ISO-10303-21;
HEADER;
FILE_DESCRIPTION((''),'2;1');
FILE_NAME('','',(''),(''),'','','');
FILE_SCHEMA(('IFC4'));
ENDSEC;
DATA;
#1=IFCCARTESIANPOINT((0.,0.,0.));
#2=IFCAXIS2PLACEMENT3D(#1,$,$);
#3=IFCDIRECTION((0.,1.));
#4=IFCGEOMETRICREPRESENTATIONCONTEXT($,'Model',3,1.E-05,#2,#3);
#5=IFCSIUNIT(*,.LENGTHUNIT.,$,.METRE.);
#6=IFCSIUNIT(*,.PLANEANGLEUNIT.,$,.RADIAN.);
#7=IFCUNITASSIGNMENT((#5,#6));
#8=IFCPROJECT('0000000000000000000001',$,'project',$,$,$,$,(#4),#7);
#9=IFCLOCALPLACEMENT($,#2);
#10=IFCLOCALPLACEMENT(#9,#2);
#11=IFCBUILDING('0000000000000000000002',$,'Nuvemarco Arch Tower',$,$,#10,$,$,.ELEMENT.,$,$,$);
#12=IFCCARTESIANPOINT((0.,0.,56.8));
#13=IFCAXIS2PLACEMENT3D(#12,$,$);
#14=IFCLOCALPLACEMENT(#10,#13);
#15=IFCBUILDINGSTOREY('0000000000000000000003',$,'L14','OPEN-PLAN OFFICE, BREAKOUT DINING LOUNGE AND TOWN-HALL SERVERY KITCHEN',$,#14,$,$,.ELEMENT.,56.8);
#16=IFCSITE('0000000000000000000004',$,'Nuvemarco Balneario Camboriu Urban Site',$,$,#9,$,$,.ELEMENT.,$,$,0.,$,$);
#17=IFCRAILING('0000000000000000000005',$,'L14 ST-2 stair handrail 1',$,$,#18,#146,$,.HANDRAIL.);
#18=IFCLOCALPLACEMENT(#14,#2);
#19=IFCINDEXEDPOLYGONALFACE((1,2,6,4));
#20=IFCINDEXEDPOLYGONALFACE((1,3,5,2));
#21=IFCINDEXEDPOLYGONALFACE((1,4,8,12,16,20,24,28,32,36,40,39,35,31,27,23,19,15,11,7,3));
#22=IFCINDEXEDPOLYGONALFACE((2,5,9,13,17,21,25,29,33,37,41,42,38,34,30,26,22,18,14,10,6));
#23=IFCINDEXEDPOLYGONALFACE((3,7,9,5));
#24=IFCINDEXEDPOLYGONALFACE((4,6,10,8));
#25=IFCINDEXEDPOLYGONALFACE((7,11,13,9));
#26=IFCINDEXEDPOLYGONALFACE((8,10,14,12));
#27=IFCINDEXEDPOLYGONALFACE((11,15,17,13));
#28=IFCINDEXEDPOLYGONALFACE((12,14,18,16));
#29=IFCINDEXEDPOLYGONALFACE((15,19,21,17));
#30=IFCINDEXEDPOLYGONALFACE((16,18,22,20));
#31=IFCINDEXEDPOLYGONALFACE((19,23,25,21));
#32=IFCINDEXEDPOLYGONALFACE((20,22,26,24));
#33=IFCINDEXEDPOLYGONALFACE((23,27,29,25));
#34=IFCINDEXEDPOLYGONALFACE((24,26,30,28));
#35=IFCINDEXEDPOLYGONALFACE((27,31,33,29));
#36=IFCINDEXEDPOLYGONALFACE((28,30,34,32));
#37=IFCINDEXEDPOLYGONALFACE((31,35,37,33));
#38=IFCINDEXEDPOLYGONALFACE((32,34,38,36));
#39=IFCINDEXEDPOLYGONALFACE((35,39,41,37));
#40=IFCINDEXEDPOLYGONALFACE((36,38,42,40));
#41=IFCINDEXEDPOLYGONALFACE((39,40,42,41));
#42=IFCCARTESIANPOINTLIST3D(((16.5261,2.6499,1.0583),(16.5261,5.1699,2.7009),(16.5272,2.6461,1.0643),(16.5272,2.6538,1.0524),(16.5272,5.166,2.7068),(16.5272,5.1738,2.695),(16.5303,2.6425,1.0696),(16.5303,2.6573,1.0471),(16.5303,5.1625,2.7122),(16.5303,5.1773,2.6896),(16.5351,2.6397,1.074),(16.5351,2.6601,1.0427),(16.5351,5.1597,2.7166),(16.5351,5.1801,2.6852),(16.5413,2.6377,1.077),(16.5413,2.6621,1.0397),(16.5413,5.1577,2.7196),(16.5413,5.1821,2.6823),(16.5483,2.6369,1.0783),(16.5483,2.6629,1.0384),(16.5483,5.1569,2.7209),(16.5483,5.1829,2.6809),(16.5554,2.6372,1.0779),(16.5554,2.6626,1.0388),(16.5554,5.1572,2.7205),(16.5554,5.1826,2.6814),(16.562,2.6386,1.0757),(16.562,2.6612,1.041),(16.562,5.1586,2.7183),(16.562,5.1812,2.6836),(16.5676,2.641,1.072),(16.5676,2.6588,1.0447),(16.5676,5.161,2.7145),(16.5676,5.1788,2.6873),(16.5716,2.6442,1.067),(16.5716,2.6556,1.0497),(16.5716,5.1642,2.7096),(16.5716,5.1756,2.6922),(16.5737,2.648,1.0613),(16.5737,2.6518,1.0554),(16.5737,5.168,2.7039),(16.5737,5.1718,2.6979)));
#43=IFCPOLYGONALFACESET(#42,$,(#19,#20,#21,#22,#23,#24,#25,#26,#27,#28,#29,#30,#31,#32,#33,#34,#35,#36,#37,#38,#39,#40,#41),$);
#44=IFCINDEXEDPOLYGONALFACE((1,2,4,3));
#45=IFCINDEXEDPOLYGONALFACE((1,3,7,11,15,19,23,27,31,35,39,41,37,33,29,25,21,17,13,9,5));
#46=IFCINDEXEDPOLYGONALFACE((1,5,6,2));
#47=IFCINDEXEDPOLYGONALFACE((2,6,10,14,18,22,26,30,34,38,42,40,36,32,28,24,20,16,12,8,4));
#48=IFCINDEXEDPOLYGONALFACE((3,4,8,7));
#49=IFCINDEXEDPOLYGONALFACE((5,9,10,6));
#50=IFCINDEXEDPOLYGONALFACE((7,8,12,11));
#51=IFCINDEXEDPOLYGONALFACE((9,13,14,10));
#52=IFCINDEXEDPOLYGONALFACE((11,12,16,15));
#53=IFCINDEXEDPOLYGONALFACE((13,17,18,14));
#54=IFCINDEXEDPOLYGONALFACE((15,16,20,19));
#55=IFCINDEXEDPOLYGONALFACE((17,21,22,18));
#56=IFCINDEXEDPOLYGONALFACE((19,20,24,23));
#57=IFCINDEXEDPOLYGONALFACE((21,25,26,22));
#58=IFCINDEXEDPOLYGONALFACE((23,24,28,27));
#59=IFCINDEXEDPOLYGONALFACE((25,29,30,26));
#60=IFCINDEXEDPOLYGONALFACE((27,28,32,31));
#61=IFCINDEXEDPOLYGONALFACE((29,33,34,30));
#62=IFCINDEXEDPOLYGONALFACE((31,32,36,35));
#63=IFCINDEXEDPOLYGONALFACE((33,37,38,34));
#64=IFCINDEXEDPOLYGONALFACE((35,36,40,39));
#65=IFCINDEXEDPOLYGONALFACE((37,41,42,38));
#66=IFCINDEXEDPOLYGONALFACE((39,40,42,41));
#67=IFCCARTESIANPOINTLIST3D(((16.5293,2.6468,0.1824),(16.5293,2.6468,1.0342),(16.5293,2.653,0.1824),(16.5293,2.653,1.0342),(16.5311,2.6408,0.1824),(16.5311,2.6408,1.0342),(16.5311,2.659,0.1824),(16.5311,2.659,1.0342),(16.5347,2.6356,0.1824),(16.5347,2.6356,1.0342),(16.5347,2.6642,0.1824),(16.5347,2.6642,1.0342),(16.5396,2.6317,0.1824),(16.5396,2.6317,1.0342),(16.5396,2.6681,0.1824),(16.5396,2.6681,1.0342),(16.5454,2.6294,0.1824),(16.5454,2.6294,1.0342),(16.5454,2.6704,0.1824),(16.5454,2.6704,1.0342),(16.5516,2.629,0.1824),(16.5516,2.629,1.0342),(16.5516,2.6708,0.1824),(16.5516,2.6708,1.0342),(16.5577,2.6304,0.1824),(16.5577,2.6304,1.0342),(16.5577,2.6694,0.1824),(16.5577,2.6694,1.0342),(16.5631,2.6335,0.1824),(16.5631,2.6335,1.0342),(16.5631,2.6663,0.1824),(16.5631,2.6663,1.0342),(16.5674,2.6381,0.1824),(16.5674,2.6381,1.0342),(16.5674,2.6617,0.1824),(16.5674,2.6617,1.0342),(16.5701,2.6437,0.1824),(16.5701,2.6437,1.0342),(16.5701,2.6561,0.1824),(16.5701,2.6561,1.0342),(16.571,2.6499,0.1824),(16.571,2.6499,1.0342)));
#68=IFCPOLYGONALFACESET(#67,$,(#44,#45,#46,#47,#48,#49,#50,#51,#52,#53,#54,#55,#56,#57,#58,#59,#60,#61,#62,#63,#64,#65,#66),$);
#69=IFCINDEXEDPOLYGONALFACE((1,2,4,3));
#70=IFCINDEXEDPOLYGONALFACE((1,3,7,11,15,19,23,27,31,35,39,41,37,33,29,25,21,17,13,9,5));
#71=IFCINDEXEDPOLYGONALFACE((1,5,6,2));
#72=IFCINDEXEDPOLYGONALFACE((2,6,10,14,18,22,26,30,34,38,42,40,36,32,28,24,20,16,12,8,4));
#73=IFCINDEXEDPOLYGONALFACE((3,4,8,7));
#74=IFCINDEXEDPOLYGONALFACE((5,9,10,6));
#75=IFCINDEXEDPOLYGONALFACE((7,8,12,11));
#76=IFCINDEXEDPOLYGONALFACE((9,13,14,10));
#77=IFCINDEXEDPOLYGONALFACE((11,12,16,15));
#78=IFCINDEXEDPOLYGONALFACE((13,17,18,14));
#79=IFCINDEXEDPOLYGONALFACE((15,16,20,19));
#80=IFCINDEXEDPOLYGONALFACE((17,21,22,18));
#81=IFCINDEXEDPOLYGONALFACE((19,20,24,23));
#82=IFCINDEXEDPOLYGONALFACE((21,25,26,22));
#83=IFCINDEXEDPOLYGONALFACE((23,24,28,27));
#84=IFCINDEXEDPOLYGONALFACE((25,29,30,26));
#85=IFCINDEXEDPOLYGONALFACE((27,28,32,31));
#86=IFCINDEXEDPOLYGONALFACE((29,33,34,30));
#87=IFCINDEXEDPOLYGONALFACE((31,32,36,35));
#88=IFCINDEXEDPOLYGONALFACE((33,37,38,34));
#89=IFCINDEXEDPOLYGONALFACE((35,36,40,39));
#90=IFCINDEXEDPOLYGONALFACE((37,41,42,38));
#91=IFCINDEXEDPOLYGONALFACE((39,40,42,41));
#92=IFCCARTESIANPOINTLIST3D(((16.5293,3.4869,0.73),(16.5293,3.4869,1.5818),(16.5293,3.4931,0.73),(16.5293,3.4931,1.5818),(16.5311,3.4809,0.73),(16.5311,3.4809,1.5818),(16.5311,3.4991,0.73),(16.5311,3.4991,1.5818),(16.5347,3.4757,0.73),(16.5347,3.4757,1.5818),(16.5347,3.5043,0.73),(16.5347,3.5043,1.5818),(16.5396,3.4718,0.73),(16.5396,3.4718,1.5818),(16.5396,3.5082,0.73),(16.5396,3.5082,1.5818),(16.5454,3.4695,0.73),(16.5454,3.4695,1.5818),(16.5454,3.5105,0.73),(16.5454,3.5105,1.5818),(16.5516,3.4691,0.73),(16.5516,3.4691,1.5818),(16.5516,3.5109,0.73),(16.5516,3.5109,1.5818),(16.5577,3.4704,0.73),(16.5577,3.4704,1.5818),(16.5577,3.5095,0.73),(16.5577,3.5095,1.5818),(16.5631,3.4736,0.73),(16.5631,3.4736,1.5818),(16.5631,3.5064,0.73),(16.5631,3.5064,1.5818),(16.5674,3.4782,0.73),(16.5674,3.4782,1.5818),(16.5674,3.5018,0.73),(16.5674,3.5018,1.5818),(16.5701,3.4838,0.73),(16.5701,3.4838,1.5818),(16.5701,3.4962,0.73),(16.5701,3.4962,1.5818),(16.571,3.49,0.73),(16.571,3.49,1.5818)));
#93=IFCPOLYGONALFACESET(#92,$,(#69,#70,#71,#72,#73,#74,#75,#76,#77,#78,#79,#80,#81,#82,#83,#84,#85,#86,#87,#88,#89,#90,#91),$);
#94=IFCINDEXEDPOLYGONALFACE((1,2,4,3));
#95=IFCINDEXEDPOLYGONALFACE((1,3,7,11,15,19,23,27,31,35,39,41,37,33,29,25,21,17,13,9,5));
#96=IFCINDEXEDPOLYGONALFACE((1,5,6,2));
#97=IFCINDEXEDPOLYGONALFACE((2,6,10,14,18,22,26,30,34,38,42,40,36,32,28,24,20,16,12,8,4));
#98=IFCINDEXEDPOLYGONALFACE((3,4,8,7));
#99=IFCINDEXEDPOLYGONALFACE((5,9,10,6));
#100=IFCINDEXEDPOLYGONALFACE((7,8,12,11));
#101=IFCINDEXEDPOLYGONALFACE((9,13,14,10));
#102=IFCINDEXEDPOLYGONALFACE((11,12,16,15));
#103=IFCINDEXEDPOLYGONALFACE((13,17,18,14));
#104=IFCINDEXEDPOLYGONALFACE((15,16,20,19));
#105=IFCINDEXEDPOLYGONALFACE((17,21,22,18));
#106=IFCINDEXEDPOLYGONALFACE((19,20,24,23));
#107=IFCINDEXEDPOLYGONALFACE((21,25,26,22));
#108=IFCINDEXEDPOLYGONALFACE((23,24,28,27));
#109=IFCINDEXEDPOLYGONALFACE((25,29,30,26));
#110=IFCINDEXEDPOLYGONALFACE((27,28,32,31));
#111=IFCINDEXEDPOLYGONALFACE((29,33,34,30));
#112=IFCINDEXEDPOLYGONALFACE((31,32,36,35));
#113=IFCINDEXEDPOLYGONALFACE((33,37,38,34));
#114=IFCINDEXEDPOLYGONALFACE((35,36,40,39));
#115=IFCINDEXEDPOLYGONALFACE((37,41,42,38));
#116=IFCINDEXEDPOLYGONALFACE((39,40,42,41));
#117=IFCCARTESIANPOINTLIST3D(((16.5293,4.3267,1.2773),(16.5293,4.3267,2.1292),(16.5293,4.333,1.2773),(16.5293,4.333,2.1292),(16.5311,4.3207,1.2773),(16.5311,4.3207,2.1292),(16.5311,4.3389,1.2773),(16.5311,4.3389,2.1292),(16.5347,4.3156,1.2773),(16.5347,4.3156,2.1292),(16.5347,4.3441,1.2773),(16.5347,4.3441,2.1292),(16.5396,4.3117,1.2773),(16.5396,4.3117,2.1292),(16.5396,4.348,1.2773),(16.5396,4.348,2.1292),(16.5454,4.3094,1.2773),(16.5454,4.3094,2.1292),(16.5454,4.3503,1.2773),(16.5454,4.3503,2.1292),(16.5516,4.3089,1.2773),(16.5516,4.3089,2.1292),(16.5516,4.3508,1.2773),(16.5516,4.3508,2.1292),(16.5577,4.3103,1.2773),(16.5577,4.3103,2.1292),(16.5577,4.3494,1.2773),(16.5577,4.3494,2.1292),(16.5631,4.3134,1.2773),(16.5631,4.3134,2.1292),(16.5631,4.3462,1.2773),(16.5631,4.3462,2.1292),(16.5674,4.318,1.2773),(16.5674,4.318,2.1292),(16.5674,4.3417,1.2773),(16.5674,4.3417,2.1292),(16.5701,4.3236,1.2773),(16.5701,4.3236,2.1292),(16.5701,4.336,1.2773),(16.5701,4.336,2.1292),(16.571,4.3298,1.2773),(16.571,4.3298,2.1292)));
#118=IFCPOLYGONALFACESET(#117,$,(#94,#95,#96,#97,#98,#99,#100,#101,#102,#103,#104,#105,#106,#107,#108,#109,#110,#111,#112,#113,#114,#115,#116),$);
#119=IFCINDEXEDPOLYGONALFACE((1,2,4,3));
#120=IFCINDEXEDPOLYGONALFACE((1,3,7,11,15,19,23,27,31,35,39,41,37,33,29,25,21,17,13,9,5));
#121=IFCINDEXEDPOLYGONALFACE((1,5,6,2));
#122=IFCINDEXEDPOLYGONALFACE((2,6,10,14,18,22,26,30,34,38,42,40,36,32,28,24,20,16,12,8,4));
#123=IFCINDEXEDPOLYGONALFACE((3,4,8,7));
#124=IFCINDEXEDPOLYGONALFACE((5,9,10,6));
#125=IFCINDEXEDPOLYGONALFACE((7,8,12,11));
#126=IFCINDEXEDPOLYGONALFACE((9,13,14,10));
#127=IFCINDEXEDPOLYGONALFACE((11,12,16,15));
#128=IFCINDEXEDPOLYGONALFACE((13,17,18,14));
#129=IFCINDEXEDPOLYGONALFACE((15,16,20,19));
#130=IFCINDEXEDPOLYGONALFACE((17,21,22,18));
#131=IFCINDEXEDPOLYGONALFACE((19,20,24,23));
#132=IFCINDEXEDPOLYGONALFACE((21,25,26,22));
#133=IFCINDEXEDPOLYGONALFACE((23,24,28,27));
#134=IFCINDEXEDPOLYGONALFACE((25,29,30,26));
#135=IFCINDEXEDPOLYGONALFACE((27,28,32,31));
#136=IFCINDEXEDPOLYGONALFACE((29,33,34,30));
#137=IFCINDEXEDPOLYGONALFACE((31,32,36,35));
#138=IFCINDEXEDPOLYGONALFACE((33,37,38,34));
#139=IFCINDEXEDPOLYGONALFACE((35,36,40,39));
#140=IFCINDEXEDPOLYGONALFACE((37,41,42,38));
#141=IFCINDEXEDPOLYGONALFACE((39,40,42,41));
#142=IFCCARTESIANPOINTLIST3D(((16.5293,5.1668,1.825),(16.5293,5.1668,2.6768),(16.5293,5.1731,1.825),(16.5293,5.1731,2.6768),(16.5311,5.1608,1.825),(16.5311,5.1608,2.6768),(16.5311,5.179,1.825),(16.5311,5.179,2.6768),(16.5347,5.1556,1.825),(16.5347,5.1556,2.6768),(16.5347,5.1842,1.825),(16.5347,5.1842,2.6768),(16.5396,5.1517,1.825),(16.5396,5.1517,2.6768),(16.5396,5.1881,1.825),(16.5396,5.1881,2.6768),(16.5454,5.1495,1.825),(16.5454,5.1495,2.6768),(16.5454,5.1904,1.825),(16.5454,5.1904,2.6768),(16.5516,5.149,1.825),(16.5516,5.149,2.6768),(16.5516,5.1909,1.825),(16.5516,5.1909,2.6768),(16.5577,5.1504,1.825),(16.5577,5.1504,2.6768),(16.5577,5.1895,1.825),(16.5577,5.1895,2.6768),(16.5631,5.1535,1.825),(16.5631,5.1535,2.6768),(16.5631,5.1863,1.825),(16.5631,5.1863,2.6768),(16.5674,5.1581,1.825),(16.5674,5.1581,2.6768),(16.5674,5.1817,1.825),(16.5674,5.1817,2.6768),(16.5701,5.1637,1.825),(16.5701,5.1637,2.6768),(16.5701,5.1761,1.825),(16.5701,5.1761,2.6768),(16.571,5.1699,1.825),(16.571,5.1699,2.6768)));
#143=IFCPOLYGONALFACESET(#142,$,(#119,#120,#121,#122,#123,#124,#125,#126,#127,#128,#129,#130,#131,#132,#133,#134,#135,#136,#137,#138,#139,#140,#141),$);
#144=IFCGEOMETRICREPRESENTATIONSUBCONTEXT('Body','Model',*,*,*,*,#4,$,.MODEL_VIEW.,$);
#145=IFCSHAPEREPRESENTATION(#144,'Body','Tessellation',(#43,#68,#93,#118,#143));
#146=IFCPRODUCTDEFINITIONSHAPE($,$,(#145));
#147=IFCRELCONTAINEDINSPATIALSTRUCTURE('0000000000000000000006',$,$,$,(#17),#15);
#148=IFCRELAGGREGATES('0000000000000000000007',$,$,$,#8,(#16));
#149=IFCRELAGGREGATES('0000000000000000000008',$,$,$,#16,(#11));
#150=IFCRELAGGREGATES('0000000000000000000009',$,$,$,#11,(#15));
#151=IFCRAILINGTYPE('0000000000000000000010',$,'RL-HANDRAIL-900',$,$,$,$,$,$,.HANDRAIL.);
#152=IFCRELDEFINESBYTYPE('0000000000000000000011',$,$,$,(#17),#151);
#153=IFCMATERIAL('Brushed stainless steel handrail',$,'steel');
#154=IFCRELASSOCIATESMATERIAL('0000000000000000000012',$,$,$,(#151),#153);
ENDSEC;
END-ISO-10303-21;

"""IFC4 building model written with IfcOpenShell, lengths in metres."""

from ifc_helpers import new_model, si_unit, direction, frame, origin, origin_2d, place, context, subcontext, project, spatial, circle, extrude, material, type_object, element, save


model = new_model("IFC4")

# Units and contexts
model_context = context("Model", 3, precision=1e-05, world=origin(), true_north=direction((0.0, 1.0)))
body_context = subcontext(model_context, "Body", "Model", "MODEL_VIEW")
ifc_project = project(units=[si_unit("LENGTHUNIT", "METRE"), si_unit("PLANEANGLEUNIT", "RADIAN")], contexts=[model_context])

# Site, building, storey
site_placement = place(None, origin())
site = spatial("IfcSite", under=ifc_project, at=site_placement, Name="Nuvemarco Balneario Camboriu Urban Site", CompositionType="ELEMENT", RefElevation=0.0)
building_placement = place(site_placement, origin())
building = spatial("IfcBuilding", under=site, at=building_placement, Name="Nuvemarco Arch Tower", CompositionType="ELEMENT")
storey_placement = place(building_placement, frame((0.0, 0.0, 56.8)))
storey = spatial("IfcBuildingStorey", under=building, at=storey_placement, Name="L14", Description="OPEN-PLAN OFFICE, BREAKOUT DINING LOUNGE AND TOWN-HALL SERVERY KITCHEN", CompositionType="ELEMENT", Elevation=56.8)

# Railing
ifc_material_1 = material(Name="Brushed stainless steel handrail", Category="steel")
railing_type_1 = type_object("IfcRailingType", Name="RL-HANDRAIL-900", PredefinedType="HANDRAIL", material=ifc_material_1)
railing_1_placement = place(storey_placement, frame((16.55, 2.6499, 0.1824)))
element("IfcRailing", 1, at=railing_1_placement, inside=storey, type_object=railing_type_1, Name="L14 ST-2 stair handrail 1", PredefinedType="HANDRAIL", context=body_context, shape_type="SweptSolid", body=[
    extrude(circle(Radius=0.0239, at=origin_2d()), frame((0.0, 0.0, 0.876), z_axis=(0.0, 0.837749, 0.546055), x_axis=(-1.0, 0.0, 0.0)), (0.0, 0.0, 1.0), 3.0081),
    extrude(circle(Radius=0.021, at=origin_2d()), origin(), (0.0, 0.0, 1.0), 0.8518),
    extrude(circle(Radius=0.021, at=origin_2d()), frame((0.0, 0.8401, 0.5476)), (0.0, 0.0, 1.0), 0.8518),
    extrude(circle(Radius=0.021, at=origin_2d()), frame((0.0, 1.6799, 1.095)), (0.0, 0.0, 1.0), 0.8518),
    extrude(circle(Radius=0.021, at=origin_2d()), frame((0.0, 2.52, 1.6426)), (0.0, 0.0, 1.0), 0.8518),
])

save(model, "model.ifc")
